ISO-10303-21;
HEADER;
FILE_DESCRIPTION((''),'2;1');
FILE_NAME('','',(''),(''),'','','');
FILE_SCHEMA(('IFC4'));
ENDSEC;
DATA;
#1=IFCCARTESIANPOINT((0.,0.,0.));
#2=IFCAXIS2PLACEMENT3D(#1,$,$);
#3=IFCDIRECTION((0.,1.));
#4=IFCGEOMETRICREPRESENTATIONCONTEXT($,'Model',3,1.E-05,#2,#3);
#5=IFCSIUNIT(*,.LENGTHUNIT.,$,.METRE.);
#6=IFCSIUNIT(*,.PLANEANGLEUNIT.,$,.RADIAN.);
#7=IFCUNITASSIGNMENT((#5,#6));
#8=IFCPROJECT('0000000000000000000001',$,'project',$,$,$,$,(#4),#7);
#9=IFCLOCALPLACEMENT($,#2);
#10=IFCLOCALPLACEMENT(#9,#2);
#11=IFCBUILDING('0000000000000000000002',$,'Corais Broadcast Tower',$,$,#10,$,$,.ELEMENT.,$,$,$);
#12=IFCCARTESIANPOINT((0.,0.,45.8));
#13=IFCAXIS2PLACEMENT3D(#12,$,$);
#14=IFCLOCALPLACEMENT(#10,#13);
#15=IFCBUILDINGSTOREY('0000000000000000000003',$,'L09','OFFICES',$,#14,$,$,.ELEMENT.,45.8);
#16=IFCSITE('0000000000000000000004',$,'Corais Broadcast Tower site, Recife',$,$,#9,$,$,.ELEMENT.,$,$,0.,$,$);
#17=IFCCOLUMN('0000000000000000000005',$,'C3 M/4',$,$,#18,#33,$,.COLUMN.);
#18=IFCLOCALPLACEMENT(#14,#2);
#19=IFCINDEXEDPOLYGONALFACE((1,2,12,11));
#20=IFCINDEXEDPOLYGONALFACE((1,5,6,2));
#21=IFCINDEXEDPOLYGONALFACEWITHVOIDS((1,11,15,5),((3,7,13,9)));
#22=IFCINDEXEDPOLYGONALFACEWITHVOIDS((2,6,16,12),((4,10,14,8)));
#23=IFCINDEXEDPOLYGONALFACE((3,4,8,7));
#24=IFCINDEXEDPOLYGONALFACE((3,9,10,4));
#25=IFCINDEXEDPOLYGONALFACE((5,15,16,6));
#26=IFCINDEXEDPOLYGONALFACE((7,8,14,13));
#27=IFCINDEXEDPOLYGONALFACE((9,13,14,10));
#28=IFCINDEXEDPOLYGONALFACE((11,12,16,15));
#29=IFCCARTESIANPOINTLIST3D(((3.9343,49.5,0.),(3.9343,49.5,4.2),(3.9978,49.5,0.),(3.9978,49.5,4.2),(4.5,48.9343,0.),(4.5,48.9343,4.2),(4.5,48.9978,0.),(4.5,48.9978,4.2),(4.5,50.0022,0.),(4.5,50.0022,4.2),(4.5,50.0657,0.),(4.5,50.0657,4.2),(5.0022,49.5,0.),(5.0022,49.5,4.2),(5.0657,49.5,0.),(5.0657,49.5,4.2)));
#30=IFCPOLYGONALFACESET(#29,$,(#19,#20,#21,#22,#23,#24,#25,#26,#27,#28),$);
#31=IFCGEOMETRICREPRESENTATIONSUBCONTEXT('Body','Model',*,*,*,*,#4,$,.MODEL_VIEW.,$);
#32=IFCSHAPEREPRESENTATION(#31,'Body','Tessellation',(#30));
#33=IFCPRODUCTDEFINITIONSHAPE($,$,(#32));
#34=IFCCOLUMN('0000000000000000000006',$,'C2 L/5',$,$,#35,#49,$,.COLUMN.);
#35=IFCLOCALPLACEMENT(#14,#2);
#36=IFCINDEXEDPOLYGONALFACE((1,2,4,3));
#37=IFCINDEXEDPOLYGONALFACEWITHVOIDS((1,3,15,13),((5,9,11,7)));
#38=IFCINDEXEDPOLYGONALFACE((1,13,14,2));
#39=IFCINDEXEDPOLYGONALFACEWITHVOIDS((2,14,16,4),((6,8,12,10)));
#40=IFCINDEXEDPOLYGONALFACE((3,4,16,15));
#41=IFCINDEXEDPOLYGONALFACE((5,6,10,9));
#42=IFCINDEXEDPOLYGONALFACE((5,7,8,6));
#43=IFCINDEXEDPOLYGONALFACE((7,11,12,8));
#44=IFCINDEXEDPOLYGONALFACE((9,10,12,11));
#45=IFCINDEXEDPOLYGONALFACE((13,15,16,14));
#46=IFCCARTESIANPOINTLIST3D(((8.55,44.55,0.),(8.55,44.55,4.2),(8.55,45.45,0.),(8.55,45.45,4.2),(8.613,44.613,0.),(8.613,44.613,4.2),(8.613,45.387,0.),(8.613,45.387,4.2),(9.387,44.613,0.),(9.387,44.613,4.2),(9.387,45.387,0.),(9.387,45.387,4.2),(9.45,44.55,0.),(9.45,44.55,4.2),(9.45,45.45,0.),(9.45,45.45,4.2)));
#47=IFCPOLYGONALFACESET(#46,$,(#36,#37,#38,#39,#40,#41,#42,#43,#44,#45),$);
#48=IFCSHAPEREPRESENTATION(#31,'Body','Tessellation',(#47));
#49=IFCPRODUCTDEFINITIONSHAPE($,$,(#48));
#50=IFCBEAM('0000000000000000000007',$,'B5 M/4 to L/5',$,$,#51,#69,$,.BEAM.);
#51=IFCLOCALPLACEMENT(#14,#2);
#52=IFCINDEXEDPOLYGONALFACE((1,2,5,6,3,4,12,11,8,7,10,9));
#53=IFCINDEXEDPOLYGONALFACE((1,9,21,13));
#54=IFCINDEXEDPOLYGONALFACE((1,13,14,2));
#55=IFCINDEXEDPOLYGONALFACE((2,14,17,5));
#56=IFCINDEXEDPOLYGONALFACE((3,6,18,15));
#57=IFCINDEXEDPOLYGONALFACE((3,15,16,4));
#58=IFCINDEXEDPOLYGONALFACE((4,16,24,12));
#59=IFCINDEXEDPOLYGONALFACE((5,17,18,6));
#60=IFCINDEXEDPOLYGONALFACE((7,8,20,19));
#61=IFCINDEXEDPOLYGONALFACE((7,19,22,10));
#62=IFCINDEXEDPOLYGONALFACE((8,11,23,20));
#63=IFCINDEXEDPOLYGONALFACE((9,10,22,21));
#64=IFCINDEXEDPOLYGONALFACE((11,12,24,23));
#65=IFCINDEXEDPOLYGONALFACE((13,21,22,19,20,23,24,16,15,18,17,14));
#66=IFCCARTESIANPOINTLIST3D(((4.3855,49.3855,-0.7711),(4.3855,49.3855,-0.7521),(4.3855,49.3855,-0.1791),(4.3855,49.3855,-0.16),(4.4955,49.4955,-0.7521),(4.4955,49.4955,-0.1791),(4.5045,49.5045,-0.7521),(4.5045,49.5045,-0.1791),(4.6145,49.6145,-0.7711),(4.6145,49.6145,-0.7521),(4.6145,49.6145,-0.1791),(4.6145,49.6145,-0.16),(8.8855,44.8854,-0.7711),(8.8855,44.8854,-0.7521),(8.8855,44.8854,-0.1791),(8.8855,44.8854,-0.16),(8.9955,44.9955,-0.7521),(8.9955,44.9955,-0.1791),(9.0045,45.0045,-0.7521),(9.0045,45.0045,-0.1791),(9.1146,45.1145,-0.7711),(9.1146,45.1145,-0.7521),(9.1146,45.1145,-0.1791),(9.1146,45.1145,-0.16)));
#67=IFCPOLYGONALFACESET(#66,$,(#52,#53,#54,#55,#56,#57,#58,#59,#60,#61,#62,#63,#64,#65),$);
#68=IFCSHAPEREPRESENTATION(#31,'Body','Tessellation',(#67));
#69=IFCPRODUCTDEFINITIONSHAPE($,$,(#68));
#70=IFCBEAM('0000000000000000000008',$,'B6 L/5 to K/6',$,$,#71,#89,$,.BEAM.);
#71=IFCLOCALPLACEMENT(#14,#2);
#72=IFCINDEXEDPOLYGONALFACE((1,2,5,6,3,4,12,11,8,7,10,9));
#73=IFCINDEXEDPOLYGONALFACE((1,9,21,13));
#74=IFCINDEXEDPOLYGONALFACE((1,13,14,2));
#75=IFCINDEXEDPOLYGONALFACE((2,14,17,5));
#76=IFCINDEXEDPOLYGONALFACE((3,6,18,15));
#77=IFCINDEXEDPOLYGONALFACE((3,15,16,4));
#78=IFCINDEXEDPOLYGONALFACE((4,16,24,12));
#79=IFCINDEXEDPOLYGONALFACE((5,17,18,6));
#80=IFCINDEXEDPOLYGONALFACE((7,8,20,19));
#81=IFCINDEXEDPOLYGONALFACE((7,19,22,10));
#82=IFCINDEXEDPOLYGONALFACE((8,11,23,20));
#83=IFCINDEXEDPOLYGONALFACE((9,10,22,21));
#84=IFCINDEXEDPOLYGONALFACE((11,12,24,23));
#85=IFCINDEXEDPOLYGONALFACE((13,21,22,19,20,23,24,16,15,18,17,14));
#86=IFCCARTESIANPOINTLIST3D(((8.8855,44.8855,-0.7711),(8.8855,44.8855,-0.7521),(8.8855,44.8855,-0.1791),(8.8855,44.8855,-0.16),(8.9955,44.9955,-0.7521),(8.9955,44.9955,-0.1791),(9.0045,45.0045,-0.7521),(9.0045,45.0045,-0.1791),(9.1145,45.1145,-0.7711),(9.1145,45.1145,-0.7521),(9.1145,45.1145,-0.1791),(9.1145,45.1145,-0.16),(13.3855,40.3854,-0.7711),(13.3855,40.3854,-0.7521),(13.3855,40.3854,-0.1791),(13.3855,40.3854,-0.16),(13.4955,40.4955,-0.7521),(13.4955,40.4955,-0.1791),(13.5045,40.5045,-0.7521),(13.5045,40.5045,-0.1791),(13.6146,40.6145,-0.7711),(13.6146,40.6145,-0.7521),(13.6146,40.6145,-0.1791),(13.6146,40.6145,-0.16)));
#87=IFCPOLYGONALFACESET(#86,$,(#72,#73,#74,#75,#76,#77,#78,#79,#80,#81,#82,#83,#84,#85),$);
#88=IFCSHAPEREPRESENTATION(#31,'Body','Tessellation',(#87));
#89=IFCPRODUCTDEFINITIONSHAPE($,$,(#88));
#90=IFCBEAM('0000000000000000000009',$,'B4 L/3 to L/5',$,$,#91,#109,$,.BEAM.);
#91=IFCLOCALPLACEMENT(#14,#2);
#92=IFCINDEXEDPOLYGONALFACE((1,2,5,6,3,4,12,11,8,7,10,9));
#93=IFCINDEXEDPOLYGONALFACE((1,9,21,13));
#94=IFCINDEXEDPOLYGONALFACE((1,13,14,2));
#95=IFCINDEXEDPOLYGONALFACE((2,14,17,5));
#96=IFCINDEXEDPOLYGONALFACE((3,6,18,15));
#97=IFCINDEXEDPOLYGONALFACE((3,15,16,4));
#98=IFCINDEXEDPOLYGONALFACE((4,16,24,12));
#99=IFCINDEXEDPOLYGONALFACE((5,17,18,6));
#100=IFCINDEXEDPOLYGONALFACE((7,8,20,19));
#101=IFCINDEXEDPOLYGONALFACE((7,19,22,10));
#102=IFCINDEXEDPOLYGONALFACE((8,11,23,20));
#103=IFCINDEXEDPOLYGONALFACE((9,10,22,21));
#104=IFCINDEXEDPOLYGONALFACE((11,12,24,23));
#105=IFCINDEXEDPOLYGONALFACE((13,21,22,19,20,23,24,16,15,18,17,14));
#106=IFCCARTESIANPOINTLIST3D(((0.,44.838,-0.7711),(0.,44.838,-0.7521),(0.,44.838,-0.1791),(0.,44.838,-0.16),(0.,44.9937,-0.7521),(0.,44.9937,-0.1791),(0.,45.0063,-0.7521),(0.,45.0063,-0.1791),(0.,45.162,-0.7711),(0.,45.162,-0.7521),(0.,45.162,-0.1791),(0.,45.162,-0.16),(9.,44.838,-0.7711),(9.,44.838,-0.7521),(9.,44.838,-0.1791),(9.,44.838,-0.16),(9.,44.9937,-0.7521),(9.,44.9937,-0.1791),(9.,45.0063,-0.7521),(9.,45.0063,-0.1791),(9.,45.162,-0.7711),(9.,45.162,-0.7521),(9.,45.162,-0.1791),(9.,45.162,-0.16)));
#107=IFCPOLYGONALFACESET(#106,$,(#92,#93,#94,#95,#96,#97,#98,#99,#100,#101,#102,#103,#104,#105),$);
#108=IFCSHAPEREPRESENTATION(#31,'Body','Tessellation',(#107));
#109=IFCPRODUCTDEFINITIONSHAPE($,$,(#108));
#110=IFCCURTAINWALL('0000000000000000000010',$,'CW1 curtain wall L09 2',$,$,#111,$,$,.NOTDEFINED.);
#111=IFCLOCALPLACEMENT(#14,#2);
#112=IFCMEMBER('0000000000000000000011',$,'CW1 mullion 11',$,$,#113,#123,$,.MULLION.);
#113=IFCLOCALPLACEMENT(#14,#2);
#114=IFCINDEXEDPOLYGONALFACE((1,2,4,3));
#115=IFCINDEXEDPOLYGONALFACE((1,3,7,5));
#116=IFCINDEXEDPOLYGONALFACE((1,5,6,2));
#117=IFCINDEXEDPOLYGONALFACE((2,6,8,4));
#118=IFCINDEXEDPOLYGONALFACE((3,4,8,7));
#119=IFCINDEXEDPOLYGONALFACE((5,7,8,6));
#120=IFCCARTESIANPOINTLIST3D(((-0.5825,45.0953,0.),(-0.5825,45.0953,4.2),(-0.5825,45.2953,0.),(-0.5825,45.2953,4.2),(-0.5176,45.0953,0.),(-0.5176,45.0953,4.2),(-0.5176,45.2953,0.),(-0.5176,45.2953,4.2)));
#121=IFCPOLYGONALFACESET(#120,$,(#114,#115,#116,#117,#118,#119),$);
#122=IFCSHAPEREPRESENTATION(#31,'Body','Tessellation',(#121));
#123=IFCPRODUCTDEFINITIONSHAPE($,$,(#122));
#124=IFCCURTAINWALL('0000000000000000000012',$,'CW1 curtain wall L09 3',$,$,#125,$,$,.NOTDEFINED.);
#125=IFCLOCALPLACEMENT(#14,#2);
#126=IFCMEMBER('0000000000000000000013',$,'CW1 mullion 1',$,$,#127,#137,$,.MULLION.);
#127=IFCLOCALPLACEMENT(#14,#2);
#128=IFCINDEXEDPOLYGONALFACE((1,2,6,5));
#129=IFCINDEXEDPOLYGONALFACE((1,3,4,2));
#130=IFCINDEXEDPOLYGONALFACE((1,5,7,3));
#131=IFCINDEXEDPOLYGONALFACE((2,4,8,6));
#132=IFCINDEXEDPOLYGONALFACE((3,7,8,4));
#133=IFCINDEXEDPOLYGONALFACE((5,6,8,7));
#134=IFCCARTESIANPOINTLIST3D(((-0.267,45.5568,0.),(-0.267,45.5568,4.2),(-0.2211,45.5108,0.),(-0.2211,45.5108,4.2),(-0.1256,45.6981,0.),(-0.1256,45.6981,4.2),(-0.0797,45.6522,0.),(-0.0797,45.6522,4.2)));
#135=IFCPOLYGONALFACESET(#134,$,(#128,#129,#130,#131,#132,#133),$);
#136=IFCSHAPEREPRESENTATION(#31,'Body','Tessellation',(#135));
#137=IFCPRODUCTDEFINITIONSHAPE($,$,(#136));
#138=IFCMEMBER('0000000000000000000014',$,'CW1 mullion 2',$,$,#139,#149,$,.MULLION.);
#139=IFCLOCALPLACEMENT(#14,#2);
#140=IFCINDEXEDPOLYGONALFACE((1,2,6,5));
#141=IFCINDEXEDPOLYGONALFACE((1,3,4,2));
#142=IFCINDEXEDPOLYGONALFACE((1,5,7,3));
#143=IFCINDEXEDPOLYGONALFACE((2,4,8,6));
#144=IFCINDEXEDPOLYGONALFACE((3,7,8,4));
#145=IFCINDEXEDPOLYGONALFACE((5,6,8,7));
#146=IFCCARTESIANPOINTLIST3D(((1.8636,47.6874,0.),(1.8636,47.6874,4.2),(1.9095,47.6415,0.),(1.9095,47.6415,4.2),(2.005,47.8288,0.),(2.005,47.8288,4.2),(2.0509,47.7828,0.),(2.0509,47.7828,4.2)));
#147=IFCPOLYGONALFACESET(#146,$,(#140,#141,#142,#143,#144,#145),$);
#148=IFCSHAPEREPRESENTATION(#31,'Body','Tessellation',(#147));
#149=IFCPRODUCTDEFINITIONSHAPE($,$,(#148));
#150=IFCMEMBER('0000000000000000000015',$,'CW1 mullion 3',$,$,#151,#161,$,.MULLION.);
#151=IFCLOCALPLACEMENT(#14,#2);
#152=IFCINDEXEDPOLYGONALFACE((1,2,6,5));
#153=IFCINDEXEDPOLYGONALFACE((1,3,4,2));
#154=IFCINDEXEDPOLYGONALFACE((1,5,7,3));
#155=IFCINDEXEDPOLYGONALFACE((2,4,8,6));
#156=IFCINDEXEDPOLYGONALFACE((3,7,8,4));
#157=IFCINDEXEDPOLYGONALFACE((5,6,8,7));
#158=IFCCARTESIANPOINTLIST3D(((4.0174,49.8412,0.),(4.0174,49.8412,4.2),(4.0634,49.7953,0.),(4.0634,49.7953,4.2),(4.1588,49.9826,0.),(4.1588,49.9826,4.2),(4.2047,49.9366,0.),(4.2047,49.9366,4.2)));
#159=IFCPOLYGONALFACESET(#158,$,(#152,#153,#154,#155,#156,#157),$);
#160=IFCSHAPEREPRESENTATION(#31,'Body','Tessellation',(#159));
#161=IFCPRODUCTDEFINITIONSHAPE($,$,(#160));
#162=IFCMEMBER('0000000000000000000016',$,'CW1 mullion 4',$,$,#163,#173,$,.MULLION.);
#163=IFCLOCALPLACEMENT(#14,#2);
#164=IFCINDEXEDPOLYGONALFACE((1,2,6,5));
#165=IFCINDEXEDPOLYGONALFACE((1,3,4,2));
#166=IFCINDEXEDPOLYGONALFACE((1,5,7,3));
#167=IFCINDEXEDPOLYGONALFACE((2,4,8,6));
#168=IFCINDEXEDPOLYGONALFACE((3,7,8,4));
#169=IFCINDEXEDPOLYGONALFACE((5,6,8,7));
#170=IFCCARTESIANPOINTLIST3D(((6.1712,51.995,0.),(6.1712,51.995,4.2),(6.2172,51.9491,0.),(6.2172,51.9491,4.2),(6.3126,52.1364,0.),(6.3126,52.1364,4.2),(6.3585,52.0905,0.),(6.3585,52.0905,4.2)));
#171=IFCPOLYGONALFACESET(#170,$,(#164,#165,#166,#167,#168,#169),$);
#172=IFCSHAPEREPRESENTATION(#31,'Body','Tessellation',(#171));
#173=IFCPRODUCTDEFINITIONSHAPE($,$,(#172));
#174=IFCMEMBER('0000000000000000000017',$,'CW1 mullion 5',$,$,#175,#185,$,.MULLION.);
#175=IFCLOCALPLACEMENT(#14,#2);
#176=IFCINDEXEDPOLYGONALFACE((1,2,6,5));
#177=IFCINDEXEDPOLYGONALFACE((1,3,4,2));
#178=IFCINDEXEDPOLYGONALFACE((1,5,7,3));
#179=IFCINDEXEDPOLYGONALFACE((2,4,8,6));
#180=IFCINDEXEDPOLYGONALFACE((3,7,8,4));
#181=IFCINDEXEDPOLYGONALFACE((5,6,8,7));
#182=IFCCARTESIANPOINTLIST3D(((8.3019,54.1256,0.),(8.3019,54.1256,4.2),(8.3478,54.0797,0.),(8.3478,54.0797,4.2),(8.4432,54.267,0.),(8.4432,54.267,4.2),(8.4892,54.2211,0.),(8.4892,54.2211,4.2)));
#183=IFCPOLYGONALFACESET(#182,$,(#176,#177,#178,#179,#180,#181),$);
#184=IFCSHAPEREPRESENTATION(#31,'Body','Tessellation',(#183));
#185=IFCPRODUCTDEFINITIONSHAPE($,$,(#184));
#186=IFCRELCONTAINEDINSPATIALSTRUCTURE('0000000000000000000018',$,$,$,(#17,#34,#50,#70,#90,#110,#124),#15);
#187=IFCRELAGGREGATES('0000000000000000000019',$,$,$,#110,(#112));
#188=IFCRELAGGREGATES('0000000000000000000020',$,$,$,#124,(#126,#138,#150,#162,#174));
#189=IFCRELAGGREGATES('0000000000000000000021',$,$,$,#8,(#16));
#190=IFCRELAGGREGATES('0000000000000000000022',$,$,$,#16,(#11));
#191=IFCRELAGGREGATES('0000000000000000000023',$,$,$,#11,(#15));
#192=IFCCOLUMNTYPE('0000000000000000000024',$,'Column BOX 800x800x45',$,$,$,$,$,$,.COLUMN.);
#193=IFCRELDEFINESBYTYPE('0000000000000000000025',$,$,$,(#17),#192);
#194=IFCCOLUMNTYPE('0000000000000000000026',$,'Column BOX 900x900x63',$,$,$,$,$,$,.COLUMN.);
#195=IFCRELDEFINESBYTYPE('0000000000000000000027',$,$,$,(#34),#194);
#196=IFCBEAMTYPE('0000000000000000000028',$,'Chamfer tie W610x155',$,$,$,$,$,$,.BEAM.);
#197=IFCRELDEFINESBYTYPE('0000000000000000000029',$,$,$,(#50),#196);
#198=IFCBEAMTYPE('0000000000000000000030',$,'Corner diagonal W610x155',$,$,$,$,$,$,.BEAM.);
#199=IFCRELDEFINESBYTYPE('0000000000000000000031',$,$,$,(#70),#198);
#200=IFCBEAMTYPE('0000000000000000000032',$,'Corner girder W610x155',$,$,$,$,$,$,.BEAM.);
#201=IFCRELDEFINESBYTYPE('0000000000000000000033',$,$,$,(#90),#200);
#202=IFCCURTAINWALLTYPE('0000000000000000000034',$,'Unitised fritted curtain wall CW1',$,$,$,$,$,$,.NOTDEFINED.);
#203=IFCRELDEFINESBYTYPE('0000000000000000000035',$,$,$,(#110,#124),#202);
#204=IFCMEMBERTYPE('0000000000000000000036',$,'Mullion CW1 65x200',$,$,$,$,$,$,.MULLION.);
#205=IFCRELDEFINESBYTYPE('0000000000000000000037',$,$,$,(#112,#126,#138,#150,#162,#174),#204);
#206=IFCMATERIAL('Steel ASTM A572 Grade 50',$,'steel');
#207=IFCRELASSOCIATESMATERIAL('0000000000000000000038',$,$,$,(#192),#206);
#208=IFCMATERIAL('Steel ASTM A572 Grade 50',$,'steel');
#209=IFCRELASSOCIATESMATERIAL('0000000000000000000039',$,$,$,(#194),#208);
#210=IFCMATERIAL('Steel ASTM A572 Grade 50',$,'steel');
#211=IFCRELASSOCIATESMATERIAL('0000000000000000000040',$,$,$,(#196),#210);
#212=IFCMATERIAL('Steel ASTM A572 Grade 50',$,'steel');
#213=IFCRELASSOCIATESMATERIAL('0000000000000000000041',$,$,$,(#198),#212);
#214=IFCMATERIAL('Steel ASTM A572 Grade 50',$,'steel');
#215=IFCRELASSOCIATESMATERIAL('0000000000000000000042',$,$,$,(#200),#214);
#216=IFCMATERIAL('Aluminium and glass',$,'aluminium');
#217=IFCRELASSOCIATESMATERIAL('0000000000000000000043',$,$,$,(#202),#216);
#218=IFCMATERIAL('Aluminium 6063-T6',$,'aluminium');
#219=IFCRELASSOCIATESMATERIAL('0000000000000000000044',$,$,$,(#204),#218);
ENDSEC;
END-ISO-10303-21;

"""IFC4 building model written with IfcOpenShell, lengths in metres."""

from ifc_helpers import new_model, si_unit, direction, frame, origin, origin_2d, place, context, subcontext, project, spatial, rectangle, hollow_rectangle, i_section, extrude, material, material_profile, profile_set, type_object, element, aggregate, save


model = new_model("IFC4")

# Units and contexts
model_context = context("Model", 3, precision=1e-05, world=origin(), true_north=direction((0.0, 1.0)))
body_context = subcontext(model_context, "Body", "Model", "MODEL_VIEW")
ifc_project = project(units=[si_unit("LENGTHUNIT", "METRE"), si_unit("PLANEANGLEUNIT", "RADIAN")], contexts=[model_context])

# Site, building, storey
site_placement = place(None, origin())
site = spatial("IfcSite", under=ifc_project, at=site_placement, Name="Corais Broadcast Tower site, Recife", CompositionType="ELEMENT", RefElevation=0.0)
building_placement = place(site_placement, origin())
building = spatial("IfcBuilding", under=site, at=building_placement, Name="Corais Broadcast Tower", CompositionType="ELEMENT")
storey_placement = place(building_placement, frame((0.0, 0.0, 45.8)))
storey = spatial("IfcBuildingStorey", under=building, at=storey_placement, Name="L09", Description="OFFICES", CompositionType="ELEMENT", Elevation=45.8)

# Columns
ifc_material_1 = material(Name="Steel ASTM A572 Grade 50", Category="steel")
ifc_material_profile_1 = material_profile(ifc_material_1, hollow_rectangle(XDim=0.8, YDim=0.8, WallThickness=0.0449, at=origin_2d()), Name="BOX 800x800x45")
ifc_profile_set_1 = profile_set([ifc_material_profile_1], Name="Steel ASTM A572 Grade 50")
column_type_1 = type_object("IfcColumnType", Name="Column BOX 800x800x45", PredefinedType="COLUMN", material=ifc_profile_set_1)
column_1_placement = place(storey_placement, frame((4.5, 49.5, 0.0), z_axis=(0.0, 0.0, 1.0), x_axis=(0.707107, 0.707107, 0.0)))
element("IfcColumn", 1, at=column_1_placement, inside=storey, type_object=column_type_1, Name="C3 M/4", PredefinedType="COLUMN", context=body_context, shape_type="SweptSolid", body=[
    extrude(hollow_rectangle(XDim=0.8, YDim=0.8, WallThickness=0.0449, at=origin_2d()), origin(), (0.0, 0.0, 1.0), 4.2),
])
ifc_material_2 = material(Name="Steel ASTM A572 Grade 50", Category="steel")
ifc_material_profile_2 = material_profile(ifc_material_2, hollow_rectangle(XDim=0.8999, YDim=0.8999, WallThickness=0.063, at=origin_2d()), Name="BOX 900x900x63")
ifc_profile_set_2 = profile_set([ifc_material_profile_2], Name="Steel ASTM A572 Grade 50")
column_type_2 = type_object("IfcColumnType", Name="Column BOX 900x900x63", PredefinedType="COLUMN", material=ifc_profile_set_2)
column_2_placement = place(storey_placement, frame((9.0, 45.0, 0.0), z_axis=(0.0, 0.0, 1.0), x_axis=(1.0, 0.0, 0.0)))
element("IfcColumn", 2, at=column_2_placement, inside=storey, type_object=column_type_2, Name="C2 L/5", PredefinedType="COLUMN", context=body_context, shape_type="SweptSolid", body=[
    extrude(hollow_rectangle(XDim=0.8999, YDim=0.8999, WallThickness=0.063, at=origin_2d()), origin(), (0.0, 0.0, 1.0), 4.2),
])

# Beams
ifc_material_3 = material(Name="Steel ASTM A572 Grade 50", Category="steel")
ifc_material_profile_3 = material_profile(ifc_material_3, i_section(OverallWidth=0.324, OverallDepth=0.6111, WebThickness=0.0127, FlangeThickness=0.019, at=origin_2d()), Name="W610x155")
ifc_profile_set_3 = profile_set([ifc_material_profile_3], Name="Steel ASTM A572 Grade 50")
beam_type_1 = type_object("IfcBeamType", Name="Chamfer tie W610x155", PredefinedType="BEAM", material=ifc_profile_set_3)
beam_1_placement = place(storey_placement, frame((4.5, 49.5, -0.4656), z_axis=(0.707107, -0.707107, 0.0), x_axis=(0.707107, 0.707107, 0.0)))
element("IfcBeam", 3, at=beam_1_placement, inside=storey, type_object=beam_type_1, Name="B5 M/4 to L/5", PredefinedType="BEAM", context=body_context, shape_type="SweptSolid", body=[
    extrude(i_section(OverallWidth=0.324, OverallDepth=0.6111, WebThickness=0.0127, FlangeThickness=0.019, at=origin_2d()), origin(), (0.0, 0.0, 1.0), 6.364),
])
ifc_material_4 = material(Name="Steel ASTM A572 Grade 50", Category="steel")
ifc_material_profile_4 = material_profile(ifc_material_4, i_section(OverallWidth=0.324, OverallDepth=0.6111, WebThickness=0.0127, FlangeThickness=0.019, at=origin_2d()), Name="W610x155")
ifc_profile_set_4 = profile_set([ifc_material_profile_4], Name="Steel ASTM A572 Grade 50")
beam_type_2 = type_object("IfcBeamType", Name="Corner diagonal W610x155", PredefinedType="BEAM", material=ifc_profile_set_4)
beam_2_placement = place(storey_placement, frame((9.0, 45.0, -0.4656), z_axis=(0.707107, -0.707107, 0.0), x_axis=(0.707107, 0.707107, 0.0)))
element("IfcBeam", 4, at=beam_2_placement, inside=storey, type_object=beam_type_2, Name="B6 L/5 to K/6", PredefinedType="BEAM", context=body_context, shape_type="SweptSolid", body=[
    extrude(i_section(OverallWidth=0.324, OverallDepth=0.6111, WebThickness=0.0127, FlangeThickness=0.019, at=origin_2d()), origin(), (0.0, 0.0, 1.0), 6.364),
])
ifc_material_5 = material(Name="Steel ASTM A572 Grade 50", Category="steel")
ifc_material_profile_5 = material_profile(ifc_material_5, i_section(OverallWidth=0.324, OverallDepth=0.6111, WebThickness=0.0127, FlangeThickness=0.019, at=origin_2d()), Name="W610x155")
ifc_profile_set_5 = profile_set([ifc_material_profile_5], Name="Steel ASTM A572 Grade 50")
beam_type_3 = type_object("IfcBeamType", Name="Corner girder W610x155", PredefinedType="BEAM", material=ifc_profile_set_5)
beam_3_placement = place(storey_placement, frame((0.0, 45.0, -0.4656), z_axis=(1.0, 0.0, 0.0), x_axis=(0.0, 1.0, 0.0)))
element("IfcBeam", 5, at=beam_3_placement, inside=storey, type_object=beam_type_3, Name="B4 L/3 to L/5", PredefinedType="BEAM", context=body_context, shape_type="SweptSolid", body=[
    extrude(i_section(OverallWidth=0.324, OverallDepth=0.6111, WebThickness=0.0127, FlangeThickness=0.019, at=origin_2d()), origin(), (0.0, 0.0, 1.0), 9.0),
])

# Curtain wall, member
ifc_material_6 = material(Name="Aluminium and glass", Category="aluminium")
curtain_wall_type = type_object("IfcCurtainWallType", Name="Unitised fritted curtain wall CW1", PredefinedType="NOTDEFINED", material=ifc_material_6)
curtain_wall_1_placement = place(storey_placement, origin())
curtain_wall_1 = element("IfcCurtainWall", 6, at=curtain_wall_1_placement, inside=storey, type_object=curtain_wall_type, Name="CW1 curtain wall L09 2", PredefinedType="NOTDEFINED")
ifc_material_7 = material(Name="Aluminium 6063-T6", Category="aluminium")
ifc_material_profile_6 = material_profile(ifc_material_7, rectangle(XDim=0.0649, YDim=0.2, at=origin_2d()), Name="Mullion CW1 65x200")
ifc_profile_set_6 = profile_set([ifc_material_profile_6], Name="Aluminium 6063-T6")
member_type_1 = type_object("IfcMemberType", Name="Mullion CW1 65x200", PredefinedType="MULLION", material=ifc_profile_set_6)
member_1_placement = place(storey_placement, frame((-0.55, 45.1953, 0.0), z_axis=(0.0, 0.0, 1.0), x_axis=(-1.0, 0.0, 0.0)))
member_1 = element("IfcMember", 7, at=member_1_placement, type_object=member_type_1, Name="CW1 mullion 11", PredefinedType="MULLION", context=body_context, shape_type="SweptSolid", body=[
    extrude(rectangle(XDim=0.0649, YDim=0.2, at=origin_2d()), origin(), (0.0, 0.0, 1.0), 4.2),
])
aggregate(curtain_wall_1, [member_1])

# Curtain wall, members
curtain_wall_2_placement = place(storey_placement, origin())
curtain_wall_2 = element("IfcCurtainWall", 8, at=curtain_wall_2_placement, inside=storey, type_object=curtain_wall_type, Name="CW1 curtain wall L09 3", PredefinedType="NOTDEFINED")
member_2_placement = place(storey_placement, frame((-0.1733, 45.6045, 0.0), z_axis=(0.0, 0.0, 1.0), x_axis=(-0.707107, 0.707107, 0.0)))
member_2 = element("IfcMember", 9, at=member_2_placement, type_object=member_type_1, Name="CW1 mullion 1", PredefinedType="MULLION", context=body_context, shape_type="SweptSolid", body=[
    extrude(rectangle(XDim=0.0649, YDim=0.2, at=origin_2d()), origin(), (0.0, 0.0, 1.0), 4.2),
])
member_3_placement = place(storey_placement, frame((1.9573, 47.7351, 0.0), z_axis=(0.0, 0.0, 1.0), x_axis=(-0.707107, 0.707107, 0.0)))
member_3 = element("IfcMember", 10, at=member_3_placement, type_object=member_type_1, Name="CW1 mullion 2", PredefinedType="MULLION", context=body_context, shape_type="SweptSolid", body=[
    extrude(rectangle(XDim=0.0649, YDim=0.2, at=origin_2d()), origin(), (0.0, 0.0, 1.0), 4.2),
])
member_4_placement = place(storey_placement, frame((4.1111, 49.8889, 0.0), z_axis=(0.0, 0.0, 1.0), x_axis=(-0.707107, 0.707107, 0.0)))
member_4 = element("IfcMember", 11, at=member_4_placement, type_object=member_type_1, Name="CW1 mullion 3", PredefinedType="MULLION", context=body_context, shape_type="SweptSolid", body=[
    extrude(rectangle(XDim=0.0649, YDim=0.2, at=origin_2d()), origin(), (0.0, 0.0, 1.0), 4.2),
])
member_5_placement = place(storey_placement, frame((6.2649, 52.0427, 0.0), z_axis=(0.0, 0.0, 1.0), x_axis=(-0.707107, 0.707107, 0.0)))
member_5 = element("IfcMember", 12, at=member_5_placement, type_object=member_type_1, Name="CW1 mullion 4", PredefinedType="MULLION", context=body_context, shape_type="SweptSolid", body=[
    extrude(rectangle(XDim=0.0649, YDim=0.2, at=origin_2d()), origin(), (0.0, 0.0, 1.0), 4.2),
])
member_6_placement = place(storey_placement, frame((8.3955, 54.1733, 0.0), z_axis=(0.0, 0.0, 1.0), x_axis=(-0.707107, 0.707107, 0.0)))
member_6 = element("IfcMember", 13, at=member_6_placement, type_object=member_type_1, Name="CW1 mullion 5", PredefinedType="MULLION", context=body_context, shape_type="SweptSolid", body=[
    extrude(rectangle(XDim=0.0649, YDim=0.2, at=origin_2d()), origin(), (0.0, 0.0, 1.0), 4.2),
])

aggregate(curtain_wall_2, [member_2, member_3, member_4, member_5, member_6])

save(model, "model.ifc")
